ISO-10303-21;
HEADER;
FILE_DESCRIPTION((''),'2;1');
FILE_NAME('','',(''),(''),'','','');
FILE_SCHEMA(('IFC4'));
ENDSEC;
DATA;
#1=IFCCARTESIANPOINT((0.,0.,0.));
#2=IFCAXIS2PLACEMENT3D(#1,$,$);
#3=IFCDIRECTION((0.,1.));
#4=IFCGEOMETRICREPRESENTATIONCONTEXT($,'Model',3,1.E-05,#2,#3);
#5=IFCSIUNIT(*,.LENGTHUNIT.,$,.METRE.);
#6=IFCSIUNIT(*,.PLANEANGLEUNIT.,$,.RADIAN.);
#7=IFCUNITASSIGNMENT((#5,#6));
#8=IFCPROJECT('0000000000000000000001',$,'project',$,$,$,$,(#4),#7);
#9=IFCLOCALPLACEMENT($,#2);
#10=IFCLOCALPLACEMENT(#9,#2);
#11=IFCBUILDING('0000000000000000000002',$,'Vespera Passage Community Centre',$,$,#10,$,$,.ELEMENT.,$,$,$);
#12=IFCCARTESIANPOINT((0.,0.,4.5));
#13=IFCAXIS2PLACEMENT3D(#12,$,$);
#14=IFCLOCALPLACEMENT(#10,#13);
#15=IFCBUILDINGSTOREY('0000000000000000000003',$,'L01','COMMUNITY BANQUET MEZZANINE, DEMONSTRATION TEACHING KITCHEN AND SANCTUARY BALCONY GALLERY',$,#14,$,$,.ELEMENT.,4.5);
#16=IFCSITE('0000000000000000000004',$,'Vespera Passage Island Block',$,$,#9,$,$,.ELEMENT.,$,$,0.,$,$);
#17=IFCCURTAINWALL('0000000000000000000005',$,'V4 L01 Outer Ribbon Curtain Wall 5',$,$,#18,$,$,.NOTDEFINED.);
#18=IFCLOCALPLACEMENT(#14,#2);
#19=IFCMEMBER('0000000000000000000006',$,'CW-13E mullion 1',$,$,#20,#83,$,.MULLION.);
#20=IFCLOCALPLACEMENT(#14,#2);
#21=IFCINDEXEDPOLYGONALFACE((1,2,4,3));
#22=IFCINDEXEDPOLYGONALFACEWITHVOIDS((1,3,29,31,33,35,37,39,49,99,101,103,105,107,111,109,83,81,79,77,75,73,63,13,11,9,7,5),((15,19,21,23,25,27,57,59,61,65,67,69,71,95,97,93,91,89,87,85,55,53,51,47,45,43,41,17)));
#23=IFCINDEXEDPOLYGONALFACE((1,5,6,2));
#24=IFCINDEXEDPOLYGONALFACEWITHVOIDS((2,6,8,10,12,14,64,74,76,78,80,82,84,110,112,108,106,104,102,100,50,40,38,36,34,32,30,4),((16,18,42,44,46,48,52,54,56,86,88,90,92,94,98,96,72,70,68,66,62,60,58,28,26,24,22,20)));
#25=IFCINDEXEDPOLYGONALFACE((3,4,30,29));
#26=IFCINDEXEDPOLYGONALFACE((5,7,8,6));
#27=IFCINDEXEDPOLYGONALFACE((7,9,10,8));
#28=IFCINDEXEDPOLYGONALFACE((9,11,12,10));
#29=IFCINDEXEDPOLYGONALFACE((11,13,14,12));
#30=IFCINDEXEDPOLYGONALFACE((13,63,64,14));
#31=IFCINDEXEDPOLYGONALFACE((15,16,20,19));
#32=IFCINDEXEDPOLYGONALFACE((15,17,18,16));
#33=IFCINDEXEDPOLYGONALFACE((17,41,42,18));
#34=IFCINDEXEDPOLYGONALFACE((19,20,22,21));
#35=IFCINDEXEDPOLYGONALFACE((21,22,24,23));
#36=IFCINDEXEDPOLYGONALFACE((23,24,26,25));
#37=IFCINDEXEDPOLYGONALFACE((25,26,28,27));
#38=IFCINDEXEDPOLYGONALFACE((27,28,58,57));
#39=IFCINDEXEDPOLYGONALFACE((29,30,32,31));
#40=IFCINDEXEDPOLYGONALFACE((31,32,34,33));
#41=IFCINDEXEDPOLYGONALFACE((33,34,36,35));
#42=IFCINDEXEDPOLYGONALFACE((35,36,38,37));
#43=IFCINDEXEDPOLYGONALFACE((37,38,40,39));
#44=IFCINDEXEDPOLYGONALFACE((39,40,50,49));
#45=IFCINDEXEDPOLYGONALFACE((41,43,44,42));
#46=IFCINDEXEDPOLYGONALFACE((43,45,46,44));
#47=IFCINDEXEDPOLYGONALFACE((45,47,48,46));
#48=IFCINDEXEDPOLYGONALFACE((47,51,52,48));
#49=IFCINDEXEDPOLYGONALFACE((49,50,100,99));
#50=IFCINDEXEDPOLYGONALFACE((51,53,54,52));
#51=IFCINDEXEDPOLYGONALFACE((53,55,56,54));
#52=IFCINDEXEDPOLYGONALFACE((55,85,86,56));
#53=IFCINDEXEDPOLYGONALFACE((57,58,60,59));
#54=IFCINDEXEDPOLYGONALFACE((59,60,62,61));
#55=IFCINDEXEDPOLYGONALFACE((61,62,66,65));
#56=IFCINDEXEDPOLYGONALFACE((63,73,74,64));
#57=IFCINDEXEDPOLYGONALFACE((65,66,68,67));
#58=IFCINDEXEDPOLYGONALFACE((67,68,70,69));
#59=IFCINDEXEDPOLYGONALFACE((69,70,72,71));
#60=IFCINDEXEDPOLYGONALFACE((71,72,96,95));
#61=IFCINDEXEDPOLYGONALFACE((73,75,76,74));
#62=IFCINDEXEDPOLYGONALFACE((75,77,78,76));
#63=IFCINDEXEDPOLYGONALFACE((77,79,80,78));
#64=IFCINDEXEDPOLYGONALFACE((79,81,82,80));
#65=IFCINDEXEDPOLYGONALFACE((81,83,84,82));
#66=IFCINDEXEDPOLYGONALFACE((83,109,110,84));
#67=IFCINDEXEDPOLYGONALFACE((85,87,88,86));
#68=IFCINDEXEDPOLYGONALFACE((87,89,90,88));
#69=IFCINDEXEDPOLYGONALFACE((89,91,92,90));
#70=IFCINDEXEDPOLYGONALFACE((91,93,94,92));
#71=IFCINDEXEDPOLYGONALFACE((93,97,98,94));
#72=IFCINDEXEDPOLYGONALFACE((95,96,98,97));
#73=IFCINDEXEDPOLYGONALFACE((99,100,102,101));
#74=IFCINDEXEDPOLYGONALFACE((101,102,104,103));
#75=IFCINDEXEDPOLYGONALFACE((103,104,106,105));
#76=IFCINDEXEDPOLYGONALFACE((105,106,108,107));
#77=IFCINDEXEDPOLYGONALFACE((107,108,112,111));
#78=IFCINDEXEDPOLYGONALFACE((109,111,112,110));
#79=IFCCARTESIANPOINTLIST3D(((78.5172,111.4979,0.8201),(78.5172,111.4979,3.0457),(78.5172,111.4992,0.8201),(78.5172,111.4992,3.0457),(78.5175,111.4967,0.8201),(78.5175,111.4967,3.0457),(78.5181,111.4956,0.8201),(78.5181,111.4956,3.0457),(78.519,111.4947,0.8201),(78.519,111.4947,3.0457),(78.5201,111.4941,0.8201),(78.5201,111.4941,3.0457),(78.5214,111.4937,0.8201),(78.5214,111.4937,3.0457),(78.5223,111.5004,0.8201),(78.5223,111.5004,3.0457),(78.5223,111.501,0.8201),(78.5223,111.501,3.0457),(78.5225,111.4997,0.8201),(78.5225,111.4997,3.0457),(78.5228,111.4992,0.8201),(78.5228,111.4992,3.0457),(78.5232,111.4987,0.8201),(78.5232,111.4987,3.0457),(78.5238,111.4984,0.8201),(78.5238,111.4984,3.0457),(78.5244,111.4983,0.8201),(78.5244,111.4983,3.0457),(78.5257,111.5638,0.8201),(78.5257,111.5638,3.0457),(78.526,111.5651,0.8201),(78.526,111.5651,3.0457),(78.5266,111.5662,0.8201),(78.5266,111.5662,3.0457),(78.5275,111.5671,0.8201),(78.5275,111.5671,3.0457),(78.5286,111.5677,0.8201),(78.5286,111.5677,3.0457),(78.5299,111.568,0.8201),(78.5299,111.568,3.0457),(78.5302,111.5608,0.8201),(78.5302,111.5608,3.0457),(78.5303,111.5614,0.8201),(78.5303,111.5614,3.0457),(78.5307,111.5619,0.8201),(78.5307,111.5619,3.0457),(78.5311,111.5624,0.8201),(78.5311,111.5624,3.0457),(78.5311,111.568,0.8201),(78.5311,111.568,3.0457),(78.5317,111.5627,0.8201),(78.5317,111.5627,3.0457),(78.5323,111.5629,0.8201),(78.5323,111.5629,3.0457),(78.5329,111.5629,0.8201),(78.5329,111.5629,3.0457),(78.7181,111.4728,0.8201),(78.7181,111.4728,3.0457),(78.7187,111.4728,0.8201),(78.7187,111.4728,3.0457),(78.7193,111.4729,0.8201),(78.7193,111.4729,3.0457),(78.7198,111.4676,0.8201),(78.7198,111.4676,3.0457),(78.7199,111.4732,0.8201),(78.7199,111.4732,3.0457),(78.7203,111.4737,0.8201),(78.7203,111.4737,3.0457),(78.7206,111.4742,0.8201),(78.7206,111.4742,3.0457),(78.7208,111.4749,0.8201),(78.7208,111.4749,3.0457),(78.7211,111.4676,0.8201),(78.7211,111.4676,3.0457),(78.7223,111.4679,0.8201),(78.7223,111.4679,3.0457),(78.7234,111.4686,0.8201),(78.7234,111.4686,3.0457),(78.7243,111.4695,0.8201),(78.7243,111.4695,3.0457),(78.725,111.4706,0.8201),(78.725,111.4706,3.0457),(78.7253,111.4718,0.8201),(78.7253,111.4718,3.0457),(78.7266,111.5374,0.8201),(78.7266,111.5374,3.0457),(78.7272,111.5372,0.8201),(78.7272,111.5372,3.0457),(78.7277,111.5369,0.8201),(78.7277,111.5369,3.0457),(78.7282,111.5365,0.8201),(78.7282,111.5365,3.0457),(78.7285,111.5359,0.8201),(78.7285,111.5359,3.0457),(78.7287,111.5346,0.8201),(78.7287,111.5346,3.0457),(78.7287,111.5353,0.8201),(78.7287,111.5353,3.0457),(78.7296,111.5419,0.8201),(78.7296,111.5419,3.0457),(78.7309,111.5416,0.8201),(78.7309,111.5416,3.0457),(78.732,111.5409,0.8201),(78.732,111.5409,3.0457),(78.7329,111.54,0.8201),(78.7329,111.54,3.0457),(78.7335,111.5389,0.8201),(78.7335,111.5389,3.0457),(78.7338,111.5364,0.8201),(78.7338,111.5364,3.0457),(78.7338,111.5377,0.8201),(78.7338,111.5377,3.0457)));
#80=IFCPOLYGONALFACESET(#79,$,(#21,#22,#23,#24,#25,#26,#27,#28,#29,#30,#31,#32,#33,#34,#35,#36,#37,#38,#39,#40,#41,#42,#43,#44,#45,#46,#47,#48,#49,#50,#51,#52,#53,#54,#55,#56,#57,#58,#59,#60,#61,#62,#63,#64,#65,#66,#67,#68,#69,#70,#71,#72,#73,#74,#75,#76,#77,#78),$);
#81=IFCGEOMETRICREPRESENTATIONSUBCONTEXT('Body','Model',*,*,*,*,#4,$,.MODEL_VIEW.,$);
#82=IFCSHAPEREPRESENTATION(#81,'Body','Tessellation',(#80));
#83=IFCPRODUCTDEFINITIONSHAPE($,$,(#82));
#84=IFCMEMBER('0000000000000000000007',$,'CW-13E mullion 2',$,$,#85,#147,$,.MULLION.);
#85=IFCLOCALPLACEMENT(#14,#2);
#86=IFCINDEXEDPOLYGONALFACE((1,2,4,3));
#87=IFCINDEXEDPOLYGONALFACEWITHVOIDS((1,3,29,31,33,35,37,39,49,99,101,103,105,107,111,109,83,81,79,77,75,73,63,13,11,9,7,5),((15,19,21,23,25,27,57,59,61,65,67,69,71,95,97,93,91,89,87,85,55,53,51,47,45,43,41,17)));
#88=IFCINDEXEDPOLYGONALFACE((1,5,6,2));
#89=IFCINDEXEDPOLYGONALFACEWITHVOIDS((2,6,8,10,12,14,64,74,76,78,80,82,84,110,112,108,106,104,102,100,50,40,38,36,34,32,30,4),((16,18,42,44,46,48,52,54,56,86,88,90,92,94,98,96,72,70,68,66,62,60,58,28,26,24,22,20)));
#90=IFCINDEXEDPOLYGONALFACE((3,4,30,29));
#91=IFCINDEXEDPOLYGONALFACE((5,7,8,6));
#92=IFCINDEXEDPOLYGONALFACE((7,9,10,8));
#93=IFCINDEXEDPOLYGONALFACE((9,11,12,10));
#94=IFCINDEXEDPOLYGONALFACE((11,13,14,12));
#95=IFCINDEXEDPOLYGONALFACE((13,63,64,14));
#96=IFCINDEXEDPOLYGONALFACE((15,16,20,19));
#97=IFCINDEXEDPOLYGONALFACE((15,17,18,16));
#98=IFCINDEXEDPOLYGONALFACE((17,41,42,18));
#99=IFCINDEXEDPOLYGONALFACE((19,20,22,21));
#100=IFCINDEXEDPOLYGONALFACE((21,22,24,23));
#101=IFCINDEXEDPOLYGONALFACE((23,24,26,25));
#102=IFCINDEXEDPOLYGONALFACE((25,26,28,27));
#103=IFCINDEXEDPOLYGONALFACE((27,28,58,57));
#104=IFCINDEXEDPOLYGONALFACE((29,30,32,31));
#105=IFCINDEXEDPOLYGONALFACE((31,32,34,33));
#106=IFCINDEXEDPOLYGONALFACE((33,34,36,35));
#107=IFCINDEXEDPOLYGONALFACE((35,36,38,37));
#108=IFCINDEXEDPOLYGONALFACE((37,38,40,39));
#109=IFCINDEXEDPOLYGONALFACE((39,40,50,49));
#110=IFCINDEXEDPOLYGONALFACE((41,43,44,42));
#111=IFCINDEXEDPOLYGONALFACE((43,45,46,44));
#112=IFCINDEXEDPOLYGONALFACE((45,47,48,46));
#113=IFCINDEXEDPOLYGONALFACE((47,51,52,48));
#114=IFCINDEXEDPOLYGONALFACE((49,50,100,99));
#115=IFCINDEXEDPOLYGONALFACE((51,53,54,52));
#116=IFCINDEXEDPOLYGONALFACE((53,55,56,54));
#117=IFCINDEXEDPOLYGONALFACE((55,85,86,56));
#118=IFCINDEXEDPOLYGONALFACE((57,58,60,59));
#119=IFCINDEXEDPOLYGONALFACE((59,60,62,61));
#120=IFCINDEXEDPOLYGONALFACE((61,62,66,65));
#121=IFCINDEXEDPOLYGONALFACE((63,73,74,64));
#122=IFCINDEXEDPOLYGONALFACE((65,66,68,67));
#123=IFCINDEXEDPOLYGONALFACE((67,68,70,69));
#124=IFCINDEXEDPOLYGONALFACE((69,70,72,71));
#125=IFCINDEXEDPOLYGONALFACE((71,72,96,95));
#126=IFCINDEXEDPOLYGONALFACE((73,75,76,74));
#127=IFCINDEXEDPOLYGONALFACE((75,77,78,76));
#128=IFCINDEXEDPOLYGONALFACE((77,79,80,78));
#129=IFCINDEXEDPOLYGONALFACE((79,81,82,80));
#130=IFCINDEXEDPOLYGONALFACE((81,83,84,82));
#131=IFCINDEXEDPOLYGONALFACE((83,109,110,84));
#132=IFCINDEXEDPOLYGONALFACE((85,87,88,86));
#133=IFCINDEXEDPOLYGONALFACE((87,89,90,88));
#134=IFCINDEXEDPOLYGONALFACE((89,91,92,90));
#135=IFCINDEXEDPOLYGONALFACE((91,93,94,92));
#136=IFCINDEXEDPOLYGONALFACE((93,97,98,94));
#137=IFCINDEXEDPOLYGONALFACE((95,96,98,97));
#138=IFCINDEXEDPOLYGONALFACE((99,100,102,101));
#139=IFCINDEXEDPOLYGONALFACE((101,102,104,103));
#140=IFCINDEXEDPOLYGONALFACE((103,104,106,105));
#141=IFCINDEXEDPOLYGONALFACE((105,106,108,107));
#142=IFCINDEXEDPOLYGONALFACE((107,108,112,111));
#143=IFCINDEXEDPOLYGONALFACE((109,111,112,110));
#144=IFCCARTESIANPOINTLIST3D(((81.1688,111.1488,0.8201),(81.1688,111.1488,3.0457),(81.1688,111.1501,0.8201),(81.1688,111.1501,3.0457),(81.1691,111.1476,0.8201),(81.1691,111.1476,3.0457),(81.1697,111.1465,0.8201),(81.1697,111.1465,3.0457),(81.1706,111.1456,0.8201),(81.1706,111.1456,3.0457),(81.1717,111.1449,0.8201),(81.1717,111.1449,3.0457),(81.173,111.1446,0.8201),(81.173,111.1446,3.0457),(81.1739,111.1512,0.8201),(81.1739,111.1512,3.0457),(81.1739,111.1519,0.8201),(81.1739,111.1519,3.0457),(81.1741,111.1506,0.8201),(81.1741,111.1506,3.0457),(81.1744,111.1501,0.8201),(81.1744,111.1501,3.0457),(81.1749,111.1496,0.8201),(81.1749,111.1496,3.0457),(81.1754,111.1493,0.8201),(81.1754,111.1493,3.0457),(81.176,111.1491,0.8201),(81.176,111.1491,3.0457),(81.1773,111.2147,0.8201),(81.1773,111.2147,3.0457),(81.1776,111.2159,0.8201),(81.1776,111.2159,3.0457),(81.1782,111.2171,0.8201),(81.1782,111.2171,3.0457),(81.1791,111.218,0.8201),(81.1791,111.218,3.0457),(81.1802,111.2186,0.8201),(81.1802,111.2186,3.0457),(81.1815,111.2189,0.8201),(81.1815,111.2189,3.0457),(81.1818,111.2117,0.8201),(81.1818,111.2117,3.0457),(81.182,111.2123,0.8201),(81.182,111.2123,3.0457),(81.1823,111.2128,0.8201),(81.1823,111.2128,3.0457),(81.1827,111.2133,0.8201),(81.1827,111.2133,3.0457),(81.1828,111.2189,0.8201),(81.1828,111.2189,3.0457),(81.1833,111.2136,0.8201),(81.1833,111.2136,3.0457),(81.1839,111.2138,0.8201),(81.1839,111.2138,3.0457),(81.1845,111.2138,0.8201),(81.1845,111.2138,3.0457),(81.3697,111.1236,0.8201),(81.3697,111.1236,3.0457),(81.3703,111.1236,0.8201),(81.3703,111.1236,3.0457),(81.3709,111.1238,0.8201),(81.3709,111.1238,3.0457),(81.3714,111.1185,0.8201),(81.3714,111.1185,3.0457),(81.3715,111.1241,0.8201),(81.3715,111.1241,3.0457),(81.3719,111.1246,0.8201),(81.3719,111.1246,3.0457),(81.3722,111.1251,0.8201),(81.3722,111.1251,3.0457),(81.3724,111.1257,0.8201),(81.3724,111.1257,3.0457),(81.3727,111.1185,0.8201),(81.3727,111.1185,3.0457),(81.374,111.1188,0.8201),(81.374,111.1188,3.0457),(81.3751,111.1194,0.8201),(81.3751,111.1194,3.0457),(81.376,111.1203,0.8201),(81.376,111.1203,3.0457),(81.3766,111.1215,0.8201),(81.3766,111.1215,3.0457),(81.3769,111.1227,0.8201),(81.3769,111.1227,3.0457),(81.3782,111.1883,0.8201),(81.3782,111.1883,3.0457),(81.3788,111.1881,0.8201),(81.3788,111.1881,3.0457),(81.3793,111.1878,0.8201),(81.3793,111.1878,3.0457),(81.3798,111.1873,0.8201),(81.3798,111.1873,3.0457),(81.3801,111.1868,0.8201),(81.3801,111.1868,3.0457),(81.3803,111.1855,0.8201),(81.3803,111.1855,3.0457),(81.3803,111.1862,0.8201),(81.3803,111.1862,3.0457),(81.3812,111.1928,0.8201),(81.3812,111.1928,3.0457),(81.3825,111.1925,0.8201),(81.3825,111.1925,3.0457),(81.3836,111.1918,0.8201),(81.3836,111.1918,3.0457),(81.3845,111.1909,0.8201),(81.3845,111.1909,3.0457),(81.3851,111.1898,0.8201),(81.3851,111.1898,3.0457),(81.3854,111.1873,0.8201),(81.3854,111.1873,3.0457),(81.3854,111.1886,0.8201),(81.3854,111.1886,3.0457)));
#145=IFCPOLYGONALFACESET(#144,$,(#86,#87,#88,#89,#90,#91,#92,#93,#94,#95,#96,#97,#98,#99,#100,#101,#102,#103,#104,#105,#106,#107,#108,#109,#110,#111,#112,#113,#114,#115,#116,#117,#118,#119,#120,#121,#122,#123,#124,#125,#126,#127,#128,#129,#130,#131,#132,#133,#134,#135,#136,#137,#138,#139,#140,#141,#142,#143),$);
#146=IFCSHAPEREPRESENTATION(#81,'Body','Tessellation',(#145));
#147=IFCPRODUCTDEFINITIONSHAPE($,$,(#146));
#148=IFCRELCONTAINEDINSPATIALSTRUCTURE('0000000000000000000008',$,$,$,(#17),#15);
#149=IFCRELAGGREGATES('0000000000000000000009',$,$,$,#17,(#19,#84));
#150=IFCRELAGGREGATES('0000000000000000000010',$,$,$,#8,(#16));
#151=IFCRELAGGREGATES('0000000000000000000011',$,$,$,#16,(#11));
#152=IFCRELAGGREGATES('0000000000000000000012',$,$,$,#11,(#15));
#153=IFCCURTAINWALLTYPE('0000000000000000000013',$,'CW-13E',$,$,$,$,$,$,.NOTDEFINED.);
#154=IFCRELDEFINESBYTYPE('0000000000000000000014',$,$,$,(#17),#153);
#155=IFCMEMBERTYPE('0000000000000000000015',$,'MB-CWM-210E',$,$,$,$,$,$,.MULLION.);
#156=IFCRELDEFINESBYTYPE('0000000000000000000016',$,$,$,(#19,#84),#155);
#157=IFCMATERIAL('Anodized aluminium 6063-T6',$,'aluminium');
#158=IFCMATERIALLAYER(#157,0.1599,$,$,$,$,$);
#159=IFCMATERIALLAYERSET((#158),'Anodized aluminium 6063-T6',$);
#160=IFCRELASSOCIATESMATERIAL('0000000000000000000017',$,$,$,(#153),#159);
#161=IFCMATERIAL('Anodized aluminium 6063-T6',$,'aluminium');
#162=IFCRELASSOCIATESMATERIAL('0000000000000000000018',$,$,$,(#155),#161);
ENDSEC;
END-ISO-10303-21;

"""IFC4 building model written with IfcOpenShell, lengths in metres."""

from ifc_helpers import new_model, si_unit, direction, frame, origin, origin_2d, place, context, subcontext, project, spatial, hollow_rectangle, extrude, material, layer, layer_set, material_profile, profile_set, type_object, element, aggregate, save


model = new_model("IFC4")

# Units and contexts
model_context = context("Model", 3, precision=1e-05, world=origin(), true_north=direction((0.0, 1.0)))
body_context = subcontext(model_context, "Body", "Model", "MODEL_VIEW")
ifc_project = project(units=[si_unit("LENGTHUNIT", "METRE"), si_unit("PLANEANGLEUNIT", "RADIAN")], contexts=[model_context])

# Site, building, storey
site_placement = place(None, origin())
site = spatial("IfcSite", under=ifc_project, at=site_placement, Name="Vespera Passage Island Block", CompositionType="ELEMENT", RefElevation=0.0)
building_placement = place(site_placement, origin())
building = spatial("IfcBuilding", under=site, at=building_placement, Name="Vespera Passage Community Centre", CompositionType="ELEMENT")
storey_placement = place(building_placement, frame((0.0, 0.0, 4.5)))
storey = spatial("IfcBuildingStorey", under=building, at=storey_placement, Name="L01", Description="COMMUNITY BANQUET MEZZANINE, DEMONSTRATION TEACHING KITCHEN AND SANCTUARY BALCONY GALLERY", CompositionType="ELEMENT", Elevation=4.5)

# Curtain wall, members
ifc_material_1 = material(Name="Anodized aluminium 6063-T6", Category="aluminium")
ifc_layer_1 = layer(ifc_material_1, 0.1599)
ifc_layer_set_1 = layer_set([ifc_layer_1], Name="Anodized aluminium 6063-T6")
curtain_wall_type_1 = type_object("IfcCurtainWallType", Name="CW-13E", PredefinedType="NOTDEFINED", material=ifc_layer_set_1)
curtain_wall_1_placement = place(storey_placement, origin())
curtain_wall_1 = element("IfcCurtainWall", 1, at=curtain_wall_1_placement, inside=storey, type_object=curtain_wall_type_1, Name="V4 L01 Outer Ribbon Curtain Wall 5", PredefinedType="NOTDEFINED")
ifc_material_2 = material(Name="Anodized aluminium 6063-T6", Category="aluminium")
ifc_material_profile_1 = material_profile(ifc_material_2, hollow_rectangle(XDim=0.075, YDim=0.21, WallThickness=0.0049, InnerFilletRadius=0.0024, OuterFilletRadius=0.0049, at=origin_2d()), Name="ALU210X75X5")
ifc_profile_set_1 = profile_set([ifc_material_profile_1], Name="Anodized aluminium 6063-T6")
member_type_1 = type_object("IfcMemberType", Name="MB-CWM-210E", PredefinedType="MULLION", material=ifc_profile_set_1)
member_1_placement = place(storey_placement, frame((78.6255, 111.5178, 0.8201), z_axis=(0.0, 0.0, 1.0), x_axis=(0.130531, 0.991444, 0.0)))
member_1 = element("IfcMember", 2, at=member_1_placement, type_object=member_type_1, Name="CW-13E mullion 1", PredefinedType="MULLION", context=body_context, shape_type="SweptSolid", body=[
    extrude(hollow_rectangle(XDim=0.075, YDim=0.21, WallThickness=0.0049, InnerFilletRadius=0.0024, OuterFilletRadius=0.0049, at=origin_2d()), origin(), (0.0, 0.0, 1.0), 2.2256),
])
member_2_placement = place(storey_placement, frame((81.2771, 111.1687, 0.8201), z_axis=(0.0, 0.0, 1.0), x_axis=(0.130531, 0.991444, 0.0)))
member_2 = element("IfcMember", 3, at=member_2_placement, type_object=member_type_1, Name="CW-13E mullion 2", PredefinedType="MULLION", context=body_context, shape_type="SweptSolid", body=[
    extrude(hollow_rectangle(XDim=0.075, YDim=0.21, WallThickness=0.0049, InnerFilletRadius=0.0024, OuterFilletRadius=0.0049, at=origin_2d()), origin(), (0.0, 0.0, 1.0), 2.2256),
])

aggregate(curtain_wall_1, [member_1, member_2])

save(model, "model.ifc")
